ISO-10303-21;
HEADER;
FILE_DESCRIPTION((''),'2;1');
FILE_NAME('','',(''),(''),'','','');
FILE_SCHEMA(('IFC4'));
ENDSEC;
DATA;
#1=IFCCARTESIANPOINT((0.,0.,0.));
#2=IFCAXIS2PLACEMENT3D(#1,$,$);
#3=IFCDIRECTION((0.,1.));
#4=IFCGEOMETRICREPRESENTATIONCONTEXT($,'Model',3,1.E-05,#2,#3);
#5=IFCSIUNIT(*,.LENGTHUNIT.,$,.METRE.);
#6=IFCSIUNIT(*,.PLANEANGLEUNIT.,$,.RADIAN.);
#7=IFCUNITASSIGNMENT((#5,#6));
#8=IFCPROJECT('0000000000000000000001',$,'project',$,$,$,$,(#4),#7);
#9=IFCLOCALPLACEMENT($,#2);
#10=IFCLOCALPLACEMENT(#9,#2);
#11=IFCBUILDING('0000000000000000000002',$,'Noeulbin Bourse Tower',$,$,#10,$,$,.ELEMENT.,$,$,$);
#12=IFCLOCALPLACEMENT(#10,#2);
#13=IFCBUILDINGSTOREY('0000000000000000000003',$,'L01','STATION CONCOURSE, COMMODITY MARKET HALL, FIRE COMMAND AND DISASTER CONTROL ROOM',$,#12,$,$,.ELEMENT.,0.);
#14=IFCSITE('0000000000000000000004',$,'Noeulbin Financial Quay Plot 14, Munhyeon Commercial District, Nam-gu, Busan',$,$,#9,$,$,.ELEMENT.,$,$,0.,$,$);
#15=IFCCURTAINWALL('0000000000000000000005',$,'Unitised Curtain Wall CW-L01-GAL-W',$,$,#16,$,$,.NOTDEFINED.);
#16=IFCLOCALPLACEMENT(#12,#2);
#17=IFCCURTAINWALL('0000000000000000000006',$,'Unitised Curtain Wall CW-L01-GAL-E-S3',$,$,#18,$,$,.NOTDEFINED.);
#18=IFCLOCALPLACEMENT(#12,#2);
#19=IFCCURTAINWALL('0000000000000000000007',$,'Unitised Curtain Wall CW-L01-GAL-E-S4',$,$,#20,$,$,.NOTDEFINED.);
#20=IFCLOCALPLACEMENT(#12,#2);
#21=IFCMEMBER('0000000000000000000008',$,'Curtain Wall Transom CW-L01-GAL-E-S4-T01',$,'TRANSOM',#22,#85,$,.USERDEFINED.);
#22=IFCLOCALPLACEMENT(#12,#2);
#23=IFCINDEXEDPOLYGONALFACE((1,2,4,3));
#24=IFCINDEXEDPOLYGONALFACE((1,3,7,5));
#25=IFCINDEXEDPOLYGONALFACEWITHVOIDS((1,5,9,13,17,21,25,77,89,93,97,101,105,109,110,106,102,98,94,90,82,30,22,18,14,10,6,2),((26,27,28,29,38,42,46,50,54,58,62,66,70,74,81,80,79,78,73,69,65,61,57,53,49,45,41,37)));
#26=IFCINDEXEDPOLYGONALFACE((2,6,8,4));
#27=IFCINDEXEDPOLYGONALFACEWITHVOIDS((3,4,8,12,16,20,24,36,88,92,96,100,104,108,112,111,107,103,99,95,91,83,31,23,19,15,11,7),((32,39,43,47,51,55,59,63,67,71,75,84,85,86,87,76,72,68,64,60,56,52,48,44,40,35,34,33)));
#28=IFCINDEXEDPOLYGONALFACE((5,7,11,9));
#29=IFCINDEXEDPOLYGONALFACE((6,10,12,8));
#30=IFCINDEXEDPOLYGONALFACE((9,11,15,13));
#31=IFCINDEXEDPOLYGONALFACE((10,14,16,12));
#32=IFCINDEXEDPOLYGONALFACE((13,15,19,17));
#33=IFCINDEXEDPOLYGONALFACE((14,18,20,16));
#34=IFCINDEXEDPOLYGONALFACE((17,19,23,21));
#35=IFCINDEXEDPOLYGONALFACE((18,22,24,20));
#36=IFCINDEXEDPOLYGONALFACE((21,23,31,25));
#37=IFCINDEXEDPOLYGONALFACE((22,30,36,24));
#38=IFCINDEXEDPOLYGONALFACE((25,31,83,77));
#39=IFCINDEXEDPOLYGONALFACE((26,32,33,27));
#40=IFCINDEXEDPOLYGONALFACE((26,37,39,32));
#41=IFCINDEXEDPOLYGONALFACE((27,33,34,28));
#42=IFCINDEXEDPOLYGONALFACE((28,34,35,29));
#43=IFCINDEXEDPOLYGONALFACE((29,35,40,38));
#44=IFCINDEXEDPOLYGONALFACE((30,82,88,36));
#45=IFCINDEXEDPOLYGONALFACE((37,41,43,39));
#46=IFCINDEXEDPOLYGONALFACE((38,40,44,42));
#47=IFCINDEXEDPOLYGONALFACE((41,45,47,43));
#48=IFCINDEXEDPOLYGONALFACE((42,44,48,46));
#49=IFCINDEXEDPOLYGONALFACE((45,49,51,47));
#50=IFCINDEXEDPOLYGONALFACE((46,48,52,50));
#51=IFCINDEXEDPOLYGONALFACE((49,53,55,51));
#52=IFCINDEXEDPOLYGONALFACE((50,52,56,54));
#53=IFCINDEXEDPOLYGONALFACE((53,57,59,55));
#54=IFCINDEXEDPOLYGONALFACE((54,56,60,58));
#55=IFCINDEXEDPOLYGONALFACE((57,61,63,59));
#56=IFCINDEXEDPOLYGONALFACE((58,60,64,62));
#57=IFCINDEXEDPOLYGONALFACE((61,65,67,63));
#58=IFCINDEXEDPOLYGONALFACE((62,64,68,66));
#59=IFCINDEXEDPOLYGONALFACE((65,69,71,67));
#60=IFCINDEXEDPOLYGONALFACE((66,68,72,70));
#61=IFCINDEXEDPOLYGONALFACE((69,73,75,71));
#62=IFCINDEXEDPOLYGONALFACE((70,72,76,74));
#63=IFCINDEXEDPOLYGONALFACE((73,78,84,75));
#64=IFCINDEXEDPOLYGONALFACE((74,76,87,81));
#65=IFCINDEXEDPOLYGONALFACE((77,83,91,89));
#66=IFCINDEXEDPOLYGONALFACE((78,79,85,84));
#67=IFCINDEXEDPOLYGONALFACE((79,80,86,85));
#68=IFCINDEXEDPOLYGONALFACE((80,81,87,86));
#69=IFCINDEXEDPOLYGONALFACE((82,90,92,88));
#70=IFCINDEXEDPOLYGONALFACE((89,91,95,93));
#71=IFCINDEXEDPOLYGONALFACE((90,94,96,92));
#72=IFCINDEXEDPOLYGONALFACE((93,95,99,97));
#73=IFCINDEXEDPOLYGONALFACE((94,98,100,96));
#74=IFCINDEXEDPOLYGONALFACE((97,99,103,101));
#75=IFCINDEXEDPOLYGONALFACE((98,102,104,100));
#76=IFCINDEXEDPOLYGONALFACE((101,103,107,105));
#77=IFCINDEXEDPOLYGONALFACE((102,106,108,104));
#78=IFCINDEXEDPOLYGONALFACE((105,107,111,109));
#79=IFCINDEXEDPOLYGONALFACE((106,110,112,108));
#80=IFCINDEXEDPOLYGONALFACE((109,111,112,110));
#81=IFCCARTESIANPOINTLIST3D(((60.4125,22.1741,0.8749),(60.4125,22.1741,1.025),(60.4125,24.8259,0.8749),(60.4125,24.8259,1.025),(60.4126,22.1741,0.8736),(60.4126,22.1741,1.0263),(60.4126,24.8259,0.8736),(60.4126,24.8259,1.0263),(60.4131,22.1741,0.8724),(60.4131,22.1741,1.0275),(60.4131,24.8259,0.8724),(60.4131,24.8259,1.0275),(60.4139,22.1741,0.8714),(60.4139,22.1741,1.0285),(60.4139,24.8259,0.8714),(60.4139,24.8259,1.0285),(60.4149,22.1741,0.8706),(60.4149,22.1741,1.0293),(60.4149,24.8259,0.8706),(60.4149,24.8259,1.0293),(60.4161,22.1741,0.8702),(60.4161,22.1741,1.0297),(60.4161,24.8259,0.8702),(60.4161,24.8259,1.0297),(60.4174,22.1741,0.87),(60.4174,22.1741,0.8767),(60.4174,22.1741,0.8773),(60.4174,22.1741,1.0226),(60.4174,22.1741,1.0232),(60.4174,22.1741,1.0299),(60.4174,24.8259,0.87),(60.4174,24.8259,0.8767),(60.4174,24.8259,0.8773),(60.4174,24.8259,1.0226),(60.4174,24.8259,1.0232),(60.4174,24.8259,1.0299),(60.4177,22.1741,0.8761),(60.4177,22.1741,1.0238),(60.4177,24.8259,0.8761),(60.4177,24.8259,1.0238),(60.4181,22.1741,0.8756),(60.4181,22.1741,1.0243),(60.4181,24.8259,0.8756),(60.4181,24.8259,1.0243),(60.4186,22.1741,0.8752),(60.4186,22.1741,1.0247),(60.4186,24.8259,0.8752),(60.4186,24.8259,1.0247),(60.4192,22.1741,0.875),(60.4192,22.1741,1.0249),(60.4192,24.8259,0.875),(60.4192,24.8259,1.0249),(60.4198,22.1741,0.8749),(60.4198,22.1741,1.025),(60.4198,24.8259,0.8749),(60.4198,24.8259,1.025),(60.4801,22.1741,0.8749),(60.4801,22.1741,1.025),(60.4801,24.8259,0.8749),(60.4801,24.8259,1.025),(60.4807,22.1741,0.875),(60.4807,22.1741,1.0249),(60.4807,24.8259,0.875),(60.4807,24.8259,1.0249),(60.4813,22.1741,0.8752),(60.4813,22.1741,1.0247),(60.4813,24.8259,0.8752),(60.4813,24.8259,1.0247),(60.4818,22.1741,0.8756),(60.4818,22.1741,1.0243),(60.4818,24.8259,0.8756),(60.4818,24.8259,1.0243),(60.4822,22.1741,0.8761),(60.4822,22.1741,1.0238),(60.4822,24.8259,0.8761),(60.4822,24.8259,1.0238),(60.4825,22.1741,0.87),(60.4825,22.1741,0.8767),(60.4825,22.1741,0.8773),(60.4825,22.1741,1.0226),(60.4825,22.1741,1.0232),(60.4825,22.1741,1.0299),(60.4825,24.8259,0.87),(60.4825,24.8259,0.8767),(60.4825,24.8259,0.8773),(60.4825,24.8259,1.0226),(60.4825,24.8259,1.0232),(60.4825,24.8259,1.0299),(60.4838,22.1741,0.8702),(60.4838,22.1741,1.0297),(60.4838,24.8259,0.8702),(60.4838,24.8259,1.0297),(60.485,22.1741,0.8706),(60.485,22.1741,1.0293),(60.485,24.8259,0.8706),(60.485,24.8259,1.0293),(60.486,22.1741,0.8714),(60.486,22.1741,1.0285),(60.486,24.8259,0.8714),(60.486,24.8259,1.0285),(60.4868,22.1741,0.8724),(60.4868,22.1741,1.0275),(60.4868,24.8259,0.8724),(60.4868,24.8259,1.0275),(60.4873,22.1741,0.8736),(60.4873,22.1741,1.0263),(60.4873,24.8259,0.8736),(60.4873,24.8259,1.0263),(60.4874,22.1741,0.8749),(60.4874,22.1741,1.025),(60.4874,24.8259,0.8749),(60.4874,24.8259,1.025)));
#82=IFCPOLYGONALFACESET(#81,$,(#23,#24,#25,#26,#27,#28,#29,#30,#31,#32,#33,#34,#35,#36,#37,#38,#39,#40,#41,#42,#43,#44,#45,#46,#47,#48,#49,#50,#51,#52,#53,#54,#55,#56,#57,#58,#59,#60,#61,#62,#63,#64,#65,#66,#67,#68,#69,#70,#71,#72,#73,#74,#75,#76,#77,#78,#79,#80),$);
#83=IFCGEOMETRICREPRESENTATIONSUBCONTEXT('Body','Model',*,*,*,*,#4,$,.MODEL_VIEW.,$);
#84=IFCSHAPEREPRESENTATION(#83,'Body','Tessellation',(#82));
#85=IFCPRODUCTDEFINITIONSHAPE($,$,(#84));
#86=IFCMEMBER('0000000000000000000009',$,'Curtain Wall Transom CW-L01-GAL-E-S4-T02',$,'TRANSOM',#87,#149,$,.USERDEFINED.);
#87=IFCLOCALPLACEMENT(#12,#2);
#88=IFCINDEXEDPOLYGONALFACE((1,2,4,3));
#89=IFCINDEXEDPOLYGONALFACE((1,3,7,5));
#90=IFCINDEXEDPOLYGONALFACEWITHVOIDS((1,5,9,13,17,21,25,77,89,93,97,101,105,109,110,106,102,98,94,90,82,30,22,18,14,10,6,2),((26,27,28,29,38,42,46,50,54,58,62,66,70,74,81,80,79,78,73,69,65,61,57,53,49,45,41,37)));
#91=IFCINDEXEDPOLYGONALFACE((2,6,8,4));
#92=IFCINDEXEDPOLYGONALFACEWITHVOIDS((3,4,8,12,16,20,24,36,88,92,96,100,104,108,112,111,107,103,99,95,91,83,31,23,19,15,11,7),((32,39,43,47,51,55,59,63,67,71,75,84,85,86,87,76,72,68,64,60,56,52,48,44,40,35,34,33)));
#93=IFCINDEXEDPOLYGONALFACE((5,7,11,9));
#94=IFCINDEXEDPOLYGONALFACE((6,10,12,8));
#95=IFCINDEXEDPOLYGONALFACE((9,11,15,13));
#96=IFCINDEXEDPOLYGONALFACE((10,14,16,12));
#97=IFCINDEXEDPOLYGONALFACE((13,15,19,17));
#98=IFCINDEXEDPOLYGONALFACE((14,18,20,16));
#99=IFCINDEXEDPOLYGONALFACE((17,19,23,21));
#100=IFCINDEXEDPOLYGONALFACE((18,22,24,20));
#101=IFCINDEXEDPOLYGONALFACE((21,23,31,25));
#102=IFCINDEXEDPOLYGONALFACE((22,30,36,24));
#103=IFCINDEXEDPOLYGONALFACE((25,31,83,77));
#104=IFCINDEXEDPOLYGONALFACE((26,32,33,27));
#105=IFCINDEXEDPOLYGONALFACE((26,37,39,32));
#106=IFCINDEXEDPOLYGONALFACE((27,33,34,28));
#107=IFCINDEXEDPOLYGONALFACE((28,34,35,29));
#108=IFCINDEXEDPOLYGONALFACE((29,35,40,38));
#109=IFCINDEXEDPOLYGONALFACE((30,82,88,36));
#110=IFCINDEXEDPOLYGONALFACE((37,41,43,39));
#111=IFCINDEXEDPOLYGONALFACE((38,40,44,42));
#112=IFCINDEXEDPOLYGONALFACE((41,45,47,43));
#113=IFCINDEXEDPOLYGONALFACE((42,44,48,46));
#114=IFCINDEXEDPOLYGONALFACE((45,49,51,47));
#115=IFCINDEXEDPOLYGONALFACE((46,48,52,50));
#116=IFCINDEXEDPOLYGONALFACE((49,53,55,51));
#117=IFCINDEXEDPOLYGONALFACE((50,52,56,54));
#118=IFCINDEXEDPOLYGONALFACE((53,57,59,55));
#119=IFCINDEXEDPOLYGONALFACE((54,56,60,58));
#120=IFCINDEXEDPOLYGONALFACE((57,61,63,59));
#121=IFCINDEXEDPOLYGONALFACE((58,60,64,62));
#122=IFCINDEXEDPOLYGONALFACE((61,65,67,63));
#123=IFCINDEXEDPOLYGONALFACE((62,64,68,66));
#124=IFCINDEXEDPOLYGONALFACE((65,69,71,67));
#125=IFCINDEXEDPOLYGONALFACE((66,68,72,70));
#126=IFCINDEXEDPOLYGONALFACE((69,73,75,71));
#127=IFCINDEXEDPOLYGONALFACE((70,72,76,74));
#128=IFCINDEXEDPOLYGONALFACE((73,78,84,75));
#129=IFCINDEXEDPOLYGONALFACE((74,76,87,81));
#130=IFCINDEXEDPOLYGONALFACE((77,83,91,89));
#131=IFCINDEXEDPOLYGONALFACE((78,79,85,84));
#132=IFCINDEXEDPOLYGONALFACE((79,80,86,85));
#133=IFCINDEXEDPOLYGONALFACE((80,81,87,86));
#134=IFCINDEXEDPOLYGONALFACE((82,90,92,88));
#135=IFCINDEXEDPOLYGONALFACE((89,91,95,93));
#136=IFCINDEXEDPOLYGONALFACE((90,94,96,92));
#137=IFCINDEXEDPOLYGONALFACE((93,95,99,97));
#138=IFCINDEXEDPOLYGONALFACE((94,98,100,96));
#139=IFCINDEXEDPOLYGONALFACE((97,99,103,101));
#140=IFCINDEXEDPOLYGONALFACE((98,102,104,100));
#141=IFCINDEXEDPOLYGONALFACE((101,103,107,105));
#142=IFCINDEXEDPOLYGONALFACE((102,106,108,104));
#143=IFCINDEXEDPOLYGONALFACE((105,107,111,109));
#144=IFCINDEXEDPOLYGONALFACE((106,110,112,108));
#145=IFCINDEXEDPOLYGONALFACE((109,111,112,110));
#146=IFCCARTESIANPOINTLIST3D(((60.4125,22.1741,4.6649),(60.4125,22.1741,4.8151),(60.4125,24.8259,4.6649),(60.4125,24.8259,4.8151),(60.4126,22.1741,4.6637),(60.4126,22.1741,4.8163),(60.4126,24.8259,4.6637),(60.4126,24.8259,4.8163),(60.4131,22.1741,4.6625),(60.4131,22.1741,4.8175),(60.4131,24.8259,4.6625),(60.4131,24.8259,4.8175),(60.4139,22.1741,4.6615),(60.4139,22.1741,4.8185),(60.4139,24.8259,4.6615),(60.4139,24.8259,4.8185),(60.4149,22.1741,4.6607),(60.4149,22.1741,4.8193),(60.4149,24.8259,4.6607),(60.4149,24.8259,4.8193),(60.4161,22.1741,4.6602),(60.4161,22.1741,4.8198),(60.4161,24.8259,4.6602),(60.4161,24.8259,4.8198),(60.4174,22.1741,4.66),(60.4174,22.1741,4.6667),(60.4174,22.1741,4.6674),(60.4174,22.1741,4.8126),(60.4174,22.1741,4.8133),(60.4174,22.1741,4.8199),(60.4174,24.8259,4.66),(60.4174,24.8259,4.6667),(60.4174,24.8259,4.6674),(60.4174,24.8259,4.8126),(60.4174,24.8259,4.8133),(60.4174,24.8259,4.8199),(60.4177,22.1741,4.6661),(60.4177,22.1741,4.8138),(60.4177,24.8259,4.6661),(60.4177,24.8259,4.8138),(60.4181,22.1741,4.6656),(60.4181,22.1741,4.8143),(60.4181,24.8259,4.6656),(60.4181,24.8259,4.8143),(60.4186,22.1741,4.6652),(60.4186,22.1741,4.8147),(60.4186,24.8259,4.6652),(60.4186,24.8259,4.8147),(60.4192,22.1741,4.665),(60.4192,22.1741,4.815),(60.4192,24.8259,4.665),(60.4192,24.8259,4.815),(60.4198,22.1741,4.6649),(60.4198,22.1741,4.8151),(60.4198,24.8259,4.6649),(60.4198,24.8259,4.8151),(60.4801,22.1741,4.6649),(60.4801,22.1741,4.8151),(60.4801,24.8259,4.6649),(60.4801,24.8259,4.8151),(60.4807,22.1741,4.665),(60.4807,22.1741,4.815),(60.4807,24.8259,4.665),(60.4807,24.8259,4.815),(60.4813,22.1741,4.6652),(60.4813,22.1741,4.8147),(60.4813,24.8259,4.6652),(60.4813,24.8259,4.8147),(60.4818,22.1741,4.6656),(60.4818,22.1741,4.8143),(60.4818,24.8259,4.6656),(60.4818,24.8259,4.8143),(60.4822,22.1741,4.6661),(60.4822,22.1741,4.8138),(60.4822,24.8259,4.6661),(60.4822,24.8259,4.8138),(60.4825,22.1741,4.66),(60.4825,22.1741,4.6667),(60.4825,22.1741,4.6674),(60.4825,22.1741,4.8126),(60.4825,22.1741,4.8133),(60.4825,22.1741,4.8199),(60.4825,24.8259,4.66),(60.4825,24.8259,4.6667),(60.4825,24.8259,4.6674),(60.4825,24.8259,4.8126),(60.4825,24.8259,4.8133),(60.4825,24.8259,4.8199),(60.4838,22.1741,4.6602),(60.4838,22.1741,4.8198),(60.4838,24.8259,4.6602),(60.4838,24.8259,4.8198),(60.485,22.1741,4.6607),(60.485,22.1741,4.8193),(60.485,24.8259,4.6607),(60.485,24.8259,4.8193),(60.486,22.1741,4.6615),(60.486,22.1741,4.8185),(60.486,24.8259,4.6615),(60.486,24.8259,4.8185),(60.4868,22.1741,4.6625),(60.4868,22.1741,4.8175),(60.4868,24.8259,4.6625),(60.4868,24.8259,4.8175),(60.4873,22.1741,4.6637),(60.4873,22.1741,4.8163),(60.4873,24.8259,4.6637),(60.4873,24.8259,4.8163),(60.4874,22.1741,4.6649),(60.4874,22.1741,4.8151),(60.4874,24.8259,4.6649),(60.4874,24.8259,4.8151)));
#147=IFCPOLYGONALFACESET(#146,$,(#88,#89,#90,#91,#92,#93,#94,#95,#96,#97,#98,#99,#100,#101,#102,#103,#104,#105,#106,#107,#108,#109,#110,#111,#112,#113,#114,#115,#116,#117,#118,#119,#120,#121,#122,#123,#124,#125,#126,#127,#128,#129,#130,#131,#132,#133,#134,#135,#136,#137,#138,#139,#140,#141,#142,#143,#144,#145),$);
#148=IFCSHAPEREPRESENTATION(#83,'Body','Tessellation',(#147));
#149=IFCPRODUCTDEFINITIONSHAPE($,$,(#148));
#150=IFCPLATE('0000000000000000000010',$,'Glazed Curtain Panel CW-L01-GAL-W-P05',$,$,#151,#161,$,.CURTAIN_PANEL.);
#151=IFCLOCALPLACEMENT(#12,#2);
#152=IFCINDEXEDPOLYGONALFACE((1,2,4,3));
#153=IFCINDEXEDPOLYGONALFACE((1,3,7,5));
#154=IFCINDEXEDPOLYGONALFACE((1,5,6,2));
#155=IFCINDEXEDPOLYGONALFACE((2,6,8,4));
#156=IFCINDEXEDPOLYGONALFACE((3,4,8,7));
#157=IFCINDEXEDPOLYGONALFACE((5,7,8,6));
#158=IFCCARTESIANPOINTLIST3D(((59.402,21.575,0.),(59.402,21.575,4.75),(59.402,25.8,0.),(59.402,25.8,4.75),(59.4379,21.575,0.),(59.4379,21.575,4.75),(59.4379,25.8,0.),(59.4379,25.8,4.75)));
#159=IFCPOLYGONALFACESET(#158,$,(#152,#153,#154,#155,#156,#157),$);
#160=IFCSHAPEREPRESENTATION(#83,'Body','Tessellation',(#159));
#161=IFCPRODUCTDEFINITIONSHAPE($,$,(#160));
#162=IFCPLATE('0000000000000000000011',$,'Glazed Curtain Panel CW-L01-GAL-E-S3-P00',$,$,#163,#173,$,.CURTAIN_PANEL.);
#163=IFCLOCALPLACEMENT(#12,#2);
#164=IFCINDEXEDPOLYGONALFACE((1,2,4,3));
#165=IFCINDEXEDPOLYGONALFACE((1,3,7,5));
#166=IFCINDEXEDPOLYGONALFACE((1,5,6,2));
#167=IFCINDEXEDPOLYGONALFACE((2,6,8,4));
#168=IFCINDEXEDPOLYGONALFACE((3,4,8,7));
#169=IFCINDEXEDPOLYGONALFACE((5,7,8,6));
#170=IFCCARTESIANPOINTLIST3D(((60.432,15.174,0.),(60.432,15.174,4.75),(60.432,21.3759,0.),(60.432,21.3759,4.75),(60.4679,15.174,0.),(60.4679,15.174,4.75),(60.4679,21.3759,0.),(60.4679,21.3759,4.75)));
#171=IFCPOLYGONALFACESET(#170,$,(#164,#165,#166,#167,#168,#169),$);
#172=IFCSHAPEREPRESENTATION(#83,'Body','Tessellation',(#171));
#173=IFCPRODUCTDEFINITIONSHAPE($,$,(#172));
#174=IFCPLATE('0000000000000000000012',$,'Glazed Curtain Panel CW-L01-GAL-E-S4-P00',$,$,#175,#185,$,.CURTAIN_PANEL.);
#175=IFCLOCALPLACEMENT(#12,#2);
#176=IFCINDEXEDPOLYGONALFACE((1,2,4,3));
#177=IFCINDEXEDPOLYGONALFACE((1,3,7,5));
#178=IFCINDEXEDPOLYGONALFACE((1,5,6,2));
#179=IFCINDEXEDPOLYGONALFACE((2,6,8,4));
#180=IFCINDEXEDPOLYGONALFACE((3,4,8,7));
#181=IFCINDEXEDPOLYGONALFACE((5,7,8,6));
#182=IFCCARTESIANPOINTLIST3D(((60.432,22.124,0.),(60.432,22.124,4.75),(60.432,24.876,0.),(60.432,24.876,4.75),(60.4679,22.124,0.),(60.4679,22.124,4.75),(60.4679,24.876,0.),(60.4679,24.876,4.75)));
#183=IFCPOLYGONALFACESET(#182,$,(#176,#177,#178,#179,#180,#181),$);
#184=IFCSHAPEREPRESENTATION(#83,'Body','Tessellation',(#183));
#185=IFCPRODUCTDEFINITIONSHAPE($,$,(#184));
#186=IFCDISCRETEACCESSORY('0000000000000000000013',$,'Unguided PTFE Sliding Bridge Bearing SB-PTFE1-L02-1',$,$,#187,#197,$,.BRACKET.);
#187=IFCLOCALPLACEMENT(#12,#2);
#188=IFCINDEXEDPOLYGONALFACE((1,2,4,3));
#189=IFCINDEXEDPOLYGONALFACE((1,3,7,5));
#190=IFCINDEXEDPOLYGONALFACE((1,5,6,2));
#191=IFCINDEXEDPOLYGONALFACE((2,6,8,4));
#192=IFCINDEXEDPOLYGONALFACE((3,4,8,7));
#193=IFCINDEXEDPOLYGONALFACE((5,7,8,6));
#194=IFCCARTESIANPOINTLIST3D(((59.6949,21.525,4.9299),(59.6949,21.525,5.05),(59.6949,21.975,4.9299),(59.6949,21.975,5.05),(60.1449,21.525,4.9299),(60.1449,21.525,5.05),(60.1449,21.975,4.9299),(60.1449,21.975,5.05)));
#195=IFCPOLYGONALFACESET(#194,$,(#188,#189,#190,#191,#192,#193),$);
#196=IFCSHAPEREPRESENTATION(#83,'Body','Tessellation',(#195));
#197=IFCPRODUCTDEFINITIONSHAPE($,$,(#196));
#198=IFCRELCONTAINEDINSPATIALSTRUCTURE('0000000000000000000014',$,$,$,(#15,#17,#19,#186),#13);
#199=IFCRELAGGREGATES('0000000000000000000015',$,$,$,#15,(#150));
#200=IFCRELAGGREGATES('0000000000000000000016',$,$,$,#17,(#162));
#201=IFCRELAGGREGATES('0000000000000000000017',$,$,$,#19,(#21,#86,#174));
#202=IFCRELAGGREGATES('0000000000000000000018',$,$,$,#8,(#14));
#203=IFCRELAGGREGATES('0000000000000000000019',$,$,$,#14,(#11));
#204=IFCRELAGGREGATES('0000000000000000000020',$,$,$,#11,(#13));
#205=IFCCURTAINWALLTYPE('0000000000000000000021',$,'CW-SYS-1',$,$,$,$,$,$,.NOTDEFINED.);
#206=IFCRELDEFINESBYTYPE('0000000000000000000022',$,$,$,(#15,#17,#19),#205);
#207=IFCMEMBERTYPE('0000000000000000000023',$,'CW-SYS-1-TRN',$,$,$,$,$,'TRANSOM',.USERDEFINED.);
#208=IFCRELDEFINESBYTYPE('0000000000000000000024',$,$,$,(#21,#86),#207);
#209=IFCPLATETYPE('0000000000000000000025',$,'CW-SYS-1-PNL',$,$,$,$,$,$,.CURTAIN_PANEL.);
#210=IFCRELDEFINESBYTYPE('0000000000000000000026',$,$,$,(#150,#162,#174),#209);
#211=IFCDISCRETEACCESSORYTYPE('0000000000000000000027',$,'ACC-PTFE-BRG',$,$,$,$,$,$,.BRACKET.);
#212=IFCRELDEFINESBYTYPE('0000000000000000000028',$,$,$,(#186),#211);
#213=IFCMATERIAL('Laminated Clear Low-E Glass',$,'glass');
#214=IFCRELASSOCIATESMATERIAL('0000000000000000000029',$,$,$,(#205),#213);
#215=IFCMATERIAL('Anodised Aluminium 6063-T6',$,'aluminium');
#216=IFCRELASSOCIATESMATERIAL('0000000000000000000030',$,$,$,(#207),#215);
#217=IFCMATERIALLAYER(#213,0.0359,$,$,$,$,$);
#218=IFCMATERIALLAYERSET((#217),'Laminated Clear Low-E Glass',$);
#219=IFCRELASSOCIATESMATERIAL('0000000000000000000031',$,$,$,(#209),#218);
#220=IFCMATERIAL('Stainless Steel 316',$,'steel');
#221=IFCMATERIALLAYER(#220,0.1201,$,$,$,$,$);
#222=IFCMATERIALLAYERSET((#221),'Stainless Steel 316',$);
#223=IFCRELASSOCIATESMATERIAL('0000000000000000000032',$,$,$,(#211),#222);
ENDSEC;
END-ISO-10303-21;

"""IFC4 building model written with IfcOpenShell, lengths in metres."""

from ifc_helpers import new_model, si_unit, direction, frame, origin, origin_2d, place, context, subcontext, project, spatial, rectangle, hollow_rectangle, extrude, material, layer, layer_set, material_profile, profile_set, type_object, element, aggregate, save


model = new_model("IFC4")

# Units and contexts
model_context = context("Model", 3, precision=1e-05, world=origin(), true_north=direction((0.0, 1.0)))
body_context = subcontext(model_context, "Body", "Model", "MODEL_VIEW")
ifc_project = project(units=[si_unit("LENGTHUNIT", "METRE"), si_unit("PLANEANGLEUNIT", "RADIAN")], contexts=[model_context])

# Site, building, storey
site_placement = place(None, origin())
site = spatial("IfcSite", under=ifc_project, at=site_placement, Name="Noeulbin Financial Quay Plot 14, Munhyeon Commercial District, Nam-gu, Busan", CompositionType="ELEMENT", RefElevation=0.0)
building_placement = place(site_placement, origin())
building = spatial("IfcBuilding", under=site, at=building_placement, Name="Noeulbin Bourse Tower", CompositionType="ELEMENT")
storey_placement = place(building_placement, origin())
storey = spatial("IfcBuildingStorey", under=building, at=storey_placement, Name="L01", Description="STATION CONCOURSE, COMMODITY MARKET HALL, FIRE COMMAND AND DISASTER CONTROL ROOM", CompositionType="ELEMENT", Elevation=0.0)

# Curtain wall
ifc_material_1 = material(Name="Laminated Clear Low-E Glass", Category="glass")
curtain_wall_type = type_object("IfcCurtainWallType", Name="CW-SYS-1", PredefinedType="NOTDEFINED", material=ifc_material_1)
curtain_wall_1_placement = place(storey_placement, origin())
curtain_wall_1 = element("IfcCurtainWall", 1, at=curtain_wall_1_placement, inside=storey, type_object=curtain_wall_type, Name="Unitised Curtain Wall CW-L01-GAL-W", PredefinedType="NOTDEFINED")
ifc_material_2 = material(Name="Anodised Aluminium 6063-T6", Category="aluminium")

# Curtain walls
curtain_wall_2_placement = place(storey_placement, origin())
curtain_wall_2 = element("IfcCurtainWall", 2, at=curtain_wall_2_placement, inside=storey, type_object=curtain_wall_type, Name="Unitised Curtain Wall CW-L01-GAL-E-S3", PredefinedType="NOTDEFINED")
curtain_wall_3_placement = place(storey_placement, origin())
curtain_wall_3 = element("IfcCurtainWall", 3, at=curtain_wall_3_placement, inside=storey, type_object=curtain_wall_type, Name="Unitised Curtain Wall CW-L01-GAL-E-S4", PredefinedType="NOTDEFINED")

# Members
ifc_material_profile_1 = material_profile(ifc_material_2, hollow_rectangle(XDim=0.075, YDim=0.1599, WallThickness=0.0049, InnerFilletRadius=0.0024, OuterFilletRadius=0.0049, at=origin_2d()), Name="ALU-TRAN-75x160x5", Category="LoadBearing")
ifc_profile_set_1 = profile_set([ifc_material_profile_1], Name="Anodised Aluminium 6063-T6")
member_type_1 = type_object("IfcMemberType", Name="CW-SYS-1-TRN", ElementType="TRANSOM", PredefinedType="USERDEFINED", material=ifc_profile_set_1)
member_1_placement = place(storey_placement, frame((60.45, 22.1741, 0.95), z_axis=(0.0, 1.0, 0.0), x_axis=(-1.0, 0.0, 0.0)))
member_1 = element("IfcMember", 4, at=member_1_placement, type_object=member_type_1, Name="Curtain Wall Transom CW-L01-GAL-E-S4-T01", ObjectType="TRANSOM", PredefinedType="USERDEFINED", context=body_context, shape_type="SweptSolid", body=[
    extrude(hollow_rectangle(XDim=0.075, YDim=0.1599, WallThickness=0.0049, InnerFilletRadius=0.0024, OuterFilletRadius=0.0049, at=origin_2d()), origin(), (0.0, 0.0, 1.0), 2.6519),
])
member_2_placement = place(storey_placement, frame((60.45, 22.1741, 4.74), z_axis=(0.0, 1.0, 0.0), x_axis=(-1.0, 0.0, 0.0)))
member_2 = element("IfcMember", 5, at=member_2_placement, type_object=member_type_1, Name="Curtain Wall Transom CW-L01-GAL-E-S4-T02", ObjectType="TRANSOM", PredefinedType="USERDEFINED", context=body_context, shape_type="SweptSolid", body=[
    extrude(hollow_rectangle(XDim=0.075, YDim=0.1599, WallThickness=0.0049, InnerFilletRadius=0.0024, OuterFilletRadius=0.0049, at=origin_2d()), origin(), (0.0, 0.0, 1.0), 2.6519),
])

# Plates
ifc_layer_1 = layer(ifc_material_1, 0.0359)
ifc_layer_set_1 = layer_set([ifc_layer_1], Name="Laminated Clear Low-E Glass")
plate_type = type_object("IfcPlateType", Name="CW-SYS-1-PNL", PredefinedType="CURTAIN_PANEL", material=ifc_layer_set_1)
plate_1_placement = place(storey_placement, frame((59.4199, 23.6875, 0.0), z_axis=(0.0, 0.0, 1.0), x_axis=(0.0, 1.0, 0.0)))
plate_1 = element("IfcPlate", 6, at=plate_1_placement, type_object=plate_type, Name="Glazed Curtain Panel CW-L01-GAL-W-P05", PredefinedType="CURTAIN_PANEL", context=body_context, shape_type="SweptSolid", body=[
    extrude(rectangle(XDim=4.2251, YDim=0.0359, at=origin_2d()), origin(), (0.0, 0.0, 1.0), 4.75),
])
aggregate(curtain_wall_1, [plate_1])
plate_2_placement = place(storey_placement, frame((60.45, 18.2749, 0.0), z_axis=(0.0, 0.0, 1.0), x_axis=(0.0, 1.0, 0.0)))
plate_2 = element("IfcPlate", 7, at=plate_2_placement, type_object=plate_type, Name="Glazed Curtain Panel CW-L01-GAL-E-S3-P00", PredefinedType="CURTAIN_PANEL", context=body_context, shape_type="SweptSolid", body=[
    extrude(rectangle(XDim=6.2019, YDim=0.0359, at=origin_2d()), origin(), (0.0, 0.0, 1.0), 4.75),
])
aggregate(curtain_wall_2, [plate_2])
plate_3_placement = place(storey_placement, frame((60.45, 23.5, 0.0), z_axis=(0.0, 0.0, 1.0), x_axis=(0.0, 1.0, 0.0)))
plate_3 = element("IfcPlate", 8, at=plate_3_placement, type_object=plate_type, Name="Glazed Curtain Panel CW-L01-GAL-E-S4-P00", PredefinedType="CURTAIN_PANEL", context=body_context, shape_type="SweptSolid", body=[
    extrude(rectangle(XDim=2.752, YDim=0.0359, at=origin_2d()), origin(), (0.0, 0.0, 1.0), 4.75),
])
aggregate(curtain_wall_3, [member_1, member_2, plate_3])

# Discrete accessory
ifc_material_3 = material(Name="Stainless Steel 316", Category="steel")
ifc_layer_2 = layer(ifc_material_3, 0.1201)
ifc_layer_set_2 = layer_set([ifc_layer_2], Name="Stainless Steel 316")
discrete_accessory_type = type_object("IfcDiscreteAccessoryType", Name="ACC-PTFE-BRG", PredefinedType="BRACKET", material=ifc_layer_set_2)
for number, where, z_axis, x_axis, name in (
    (9, (59.9199, 21.75, 4.9299), (0.0, 0.0, 1.0), (1.0, 0.0, 0.0), "Unguided PTFE Sliding Bridge Bearing SB-PTFE1-L02-1"),
):
    element("IfcDiscreteAccessory", number, at=place(storey_placement, frame(where, z_axis=z_axis, x_axis=x_axis)), inside=storey, type_object=discrete_accessory_type, Name=name, PredefinedType="BRACKET", context=body_context, shape_type="SweptSolid", body=[
        extrude(rectangle(XDim=0.45, YDim=0.45, at=origin_2d()), origin(), (0.0, 0.0, 1.0), 0.1201),
    ])

save(model, "model.ifc")
